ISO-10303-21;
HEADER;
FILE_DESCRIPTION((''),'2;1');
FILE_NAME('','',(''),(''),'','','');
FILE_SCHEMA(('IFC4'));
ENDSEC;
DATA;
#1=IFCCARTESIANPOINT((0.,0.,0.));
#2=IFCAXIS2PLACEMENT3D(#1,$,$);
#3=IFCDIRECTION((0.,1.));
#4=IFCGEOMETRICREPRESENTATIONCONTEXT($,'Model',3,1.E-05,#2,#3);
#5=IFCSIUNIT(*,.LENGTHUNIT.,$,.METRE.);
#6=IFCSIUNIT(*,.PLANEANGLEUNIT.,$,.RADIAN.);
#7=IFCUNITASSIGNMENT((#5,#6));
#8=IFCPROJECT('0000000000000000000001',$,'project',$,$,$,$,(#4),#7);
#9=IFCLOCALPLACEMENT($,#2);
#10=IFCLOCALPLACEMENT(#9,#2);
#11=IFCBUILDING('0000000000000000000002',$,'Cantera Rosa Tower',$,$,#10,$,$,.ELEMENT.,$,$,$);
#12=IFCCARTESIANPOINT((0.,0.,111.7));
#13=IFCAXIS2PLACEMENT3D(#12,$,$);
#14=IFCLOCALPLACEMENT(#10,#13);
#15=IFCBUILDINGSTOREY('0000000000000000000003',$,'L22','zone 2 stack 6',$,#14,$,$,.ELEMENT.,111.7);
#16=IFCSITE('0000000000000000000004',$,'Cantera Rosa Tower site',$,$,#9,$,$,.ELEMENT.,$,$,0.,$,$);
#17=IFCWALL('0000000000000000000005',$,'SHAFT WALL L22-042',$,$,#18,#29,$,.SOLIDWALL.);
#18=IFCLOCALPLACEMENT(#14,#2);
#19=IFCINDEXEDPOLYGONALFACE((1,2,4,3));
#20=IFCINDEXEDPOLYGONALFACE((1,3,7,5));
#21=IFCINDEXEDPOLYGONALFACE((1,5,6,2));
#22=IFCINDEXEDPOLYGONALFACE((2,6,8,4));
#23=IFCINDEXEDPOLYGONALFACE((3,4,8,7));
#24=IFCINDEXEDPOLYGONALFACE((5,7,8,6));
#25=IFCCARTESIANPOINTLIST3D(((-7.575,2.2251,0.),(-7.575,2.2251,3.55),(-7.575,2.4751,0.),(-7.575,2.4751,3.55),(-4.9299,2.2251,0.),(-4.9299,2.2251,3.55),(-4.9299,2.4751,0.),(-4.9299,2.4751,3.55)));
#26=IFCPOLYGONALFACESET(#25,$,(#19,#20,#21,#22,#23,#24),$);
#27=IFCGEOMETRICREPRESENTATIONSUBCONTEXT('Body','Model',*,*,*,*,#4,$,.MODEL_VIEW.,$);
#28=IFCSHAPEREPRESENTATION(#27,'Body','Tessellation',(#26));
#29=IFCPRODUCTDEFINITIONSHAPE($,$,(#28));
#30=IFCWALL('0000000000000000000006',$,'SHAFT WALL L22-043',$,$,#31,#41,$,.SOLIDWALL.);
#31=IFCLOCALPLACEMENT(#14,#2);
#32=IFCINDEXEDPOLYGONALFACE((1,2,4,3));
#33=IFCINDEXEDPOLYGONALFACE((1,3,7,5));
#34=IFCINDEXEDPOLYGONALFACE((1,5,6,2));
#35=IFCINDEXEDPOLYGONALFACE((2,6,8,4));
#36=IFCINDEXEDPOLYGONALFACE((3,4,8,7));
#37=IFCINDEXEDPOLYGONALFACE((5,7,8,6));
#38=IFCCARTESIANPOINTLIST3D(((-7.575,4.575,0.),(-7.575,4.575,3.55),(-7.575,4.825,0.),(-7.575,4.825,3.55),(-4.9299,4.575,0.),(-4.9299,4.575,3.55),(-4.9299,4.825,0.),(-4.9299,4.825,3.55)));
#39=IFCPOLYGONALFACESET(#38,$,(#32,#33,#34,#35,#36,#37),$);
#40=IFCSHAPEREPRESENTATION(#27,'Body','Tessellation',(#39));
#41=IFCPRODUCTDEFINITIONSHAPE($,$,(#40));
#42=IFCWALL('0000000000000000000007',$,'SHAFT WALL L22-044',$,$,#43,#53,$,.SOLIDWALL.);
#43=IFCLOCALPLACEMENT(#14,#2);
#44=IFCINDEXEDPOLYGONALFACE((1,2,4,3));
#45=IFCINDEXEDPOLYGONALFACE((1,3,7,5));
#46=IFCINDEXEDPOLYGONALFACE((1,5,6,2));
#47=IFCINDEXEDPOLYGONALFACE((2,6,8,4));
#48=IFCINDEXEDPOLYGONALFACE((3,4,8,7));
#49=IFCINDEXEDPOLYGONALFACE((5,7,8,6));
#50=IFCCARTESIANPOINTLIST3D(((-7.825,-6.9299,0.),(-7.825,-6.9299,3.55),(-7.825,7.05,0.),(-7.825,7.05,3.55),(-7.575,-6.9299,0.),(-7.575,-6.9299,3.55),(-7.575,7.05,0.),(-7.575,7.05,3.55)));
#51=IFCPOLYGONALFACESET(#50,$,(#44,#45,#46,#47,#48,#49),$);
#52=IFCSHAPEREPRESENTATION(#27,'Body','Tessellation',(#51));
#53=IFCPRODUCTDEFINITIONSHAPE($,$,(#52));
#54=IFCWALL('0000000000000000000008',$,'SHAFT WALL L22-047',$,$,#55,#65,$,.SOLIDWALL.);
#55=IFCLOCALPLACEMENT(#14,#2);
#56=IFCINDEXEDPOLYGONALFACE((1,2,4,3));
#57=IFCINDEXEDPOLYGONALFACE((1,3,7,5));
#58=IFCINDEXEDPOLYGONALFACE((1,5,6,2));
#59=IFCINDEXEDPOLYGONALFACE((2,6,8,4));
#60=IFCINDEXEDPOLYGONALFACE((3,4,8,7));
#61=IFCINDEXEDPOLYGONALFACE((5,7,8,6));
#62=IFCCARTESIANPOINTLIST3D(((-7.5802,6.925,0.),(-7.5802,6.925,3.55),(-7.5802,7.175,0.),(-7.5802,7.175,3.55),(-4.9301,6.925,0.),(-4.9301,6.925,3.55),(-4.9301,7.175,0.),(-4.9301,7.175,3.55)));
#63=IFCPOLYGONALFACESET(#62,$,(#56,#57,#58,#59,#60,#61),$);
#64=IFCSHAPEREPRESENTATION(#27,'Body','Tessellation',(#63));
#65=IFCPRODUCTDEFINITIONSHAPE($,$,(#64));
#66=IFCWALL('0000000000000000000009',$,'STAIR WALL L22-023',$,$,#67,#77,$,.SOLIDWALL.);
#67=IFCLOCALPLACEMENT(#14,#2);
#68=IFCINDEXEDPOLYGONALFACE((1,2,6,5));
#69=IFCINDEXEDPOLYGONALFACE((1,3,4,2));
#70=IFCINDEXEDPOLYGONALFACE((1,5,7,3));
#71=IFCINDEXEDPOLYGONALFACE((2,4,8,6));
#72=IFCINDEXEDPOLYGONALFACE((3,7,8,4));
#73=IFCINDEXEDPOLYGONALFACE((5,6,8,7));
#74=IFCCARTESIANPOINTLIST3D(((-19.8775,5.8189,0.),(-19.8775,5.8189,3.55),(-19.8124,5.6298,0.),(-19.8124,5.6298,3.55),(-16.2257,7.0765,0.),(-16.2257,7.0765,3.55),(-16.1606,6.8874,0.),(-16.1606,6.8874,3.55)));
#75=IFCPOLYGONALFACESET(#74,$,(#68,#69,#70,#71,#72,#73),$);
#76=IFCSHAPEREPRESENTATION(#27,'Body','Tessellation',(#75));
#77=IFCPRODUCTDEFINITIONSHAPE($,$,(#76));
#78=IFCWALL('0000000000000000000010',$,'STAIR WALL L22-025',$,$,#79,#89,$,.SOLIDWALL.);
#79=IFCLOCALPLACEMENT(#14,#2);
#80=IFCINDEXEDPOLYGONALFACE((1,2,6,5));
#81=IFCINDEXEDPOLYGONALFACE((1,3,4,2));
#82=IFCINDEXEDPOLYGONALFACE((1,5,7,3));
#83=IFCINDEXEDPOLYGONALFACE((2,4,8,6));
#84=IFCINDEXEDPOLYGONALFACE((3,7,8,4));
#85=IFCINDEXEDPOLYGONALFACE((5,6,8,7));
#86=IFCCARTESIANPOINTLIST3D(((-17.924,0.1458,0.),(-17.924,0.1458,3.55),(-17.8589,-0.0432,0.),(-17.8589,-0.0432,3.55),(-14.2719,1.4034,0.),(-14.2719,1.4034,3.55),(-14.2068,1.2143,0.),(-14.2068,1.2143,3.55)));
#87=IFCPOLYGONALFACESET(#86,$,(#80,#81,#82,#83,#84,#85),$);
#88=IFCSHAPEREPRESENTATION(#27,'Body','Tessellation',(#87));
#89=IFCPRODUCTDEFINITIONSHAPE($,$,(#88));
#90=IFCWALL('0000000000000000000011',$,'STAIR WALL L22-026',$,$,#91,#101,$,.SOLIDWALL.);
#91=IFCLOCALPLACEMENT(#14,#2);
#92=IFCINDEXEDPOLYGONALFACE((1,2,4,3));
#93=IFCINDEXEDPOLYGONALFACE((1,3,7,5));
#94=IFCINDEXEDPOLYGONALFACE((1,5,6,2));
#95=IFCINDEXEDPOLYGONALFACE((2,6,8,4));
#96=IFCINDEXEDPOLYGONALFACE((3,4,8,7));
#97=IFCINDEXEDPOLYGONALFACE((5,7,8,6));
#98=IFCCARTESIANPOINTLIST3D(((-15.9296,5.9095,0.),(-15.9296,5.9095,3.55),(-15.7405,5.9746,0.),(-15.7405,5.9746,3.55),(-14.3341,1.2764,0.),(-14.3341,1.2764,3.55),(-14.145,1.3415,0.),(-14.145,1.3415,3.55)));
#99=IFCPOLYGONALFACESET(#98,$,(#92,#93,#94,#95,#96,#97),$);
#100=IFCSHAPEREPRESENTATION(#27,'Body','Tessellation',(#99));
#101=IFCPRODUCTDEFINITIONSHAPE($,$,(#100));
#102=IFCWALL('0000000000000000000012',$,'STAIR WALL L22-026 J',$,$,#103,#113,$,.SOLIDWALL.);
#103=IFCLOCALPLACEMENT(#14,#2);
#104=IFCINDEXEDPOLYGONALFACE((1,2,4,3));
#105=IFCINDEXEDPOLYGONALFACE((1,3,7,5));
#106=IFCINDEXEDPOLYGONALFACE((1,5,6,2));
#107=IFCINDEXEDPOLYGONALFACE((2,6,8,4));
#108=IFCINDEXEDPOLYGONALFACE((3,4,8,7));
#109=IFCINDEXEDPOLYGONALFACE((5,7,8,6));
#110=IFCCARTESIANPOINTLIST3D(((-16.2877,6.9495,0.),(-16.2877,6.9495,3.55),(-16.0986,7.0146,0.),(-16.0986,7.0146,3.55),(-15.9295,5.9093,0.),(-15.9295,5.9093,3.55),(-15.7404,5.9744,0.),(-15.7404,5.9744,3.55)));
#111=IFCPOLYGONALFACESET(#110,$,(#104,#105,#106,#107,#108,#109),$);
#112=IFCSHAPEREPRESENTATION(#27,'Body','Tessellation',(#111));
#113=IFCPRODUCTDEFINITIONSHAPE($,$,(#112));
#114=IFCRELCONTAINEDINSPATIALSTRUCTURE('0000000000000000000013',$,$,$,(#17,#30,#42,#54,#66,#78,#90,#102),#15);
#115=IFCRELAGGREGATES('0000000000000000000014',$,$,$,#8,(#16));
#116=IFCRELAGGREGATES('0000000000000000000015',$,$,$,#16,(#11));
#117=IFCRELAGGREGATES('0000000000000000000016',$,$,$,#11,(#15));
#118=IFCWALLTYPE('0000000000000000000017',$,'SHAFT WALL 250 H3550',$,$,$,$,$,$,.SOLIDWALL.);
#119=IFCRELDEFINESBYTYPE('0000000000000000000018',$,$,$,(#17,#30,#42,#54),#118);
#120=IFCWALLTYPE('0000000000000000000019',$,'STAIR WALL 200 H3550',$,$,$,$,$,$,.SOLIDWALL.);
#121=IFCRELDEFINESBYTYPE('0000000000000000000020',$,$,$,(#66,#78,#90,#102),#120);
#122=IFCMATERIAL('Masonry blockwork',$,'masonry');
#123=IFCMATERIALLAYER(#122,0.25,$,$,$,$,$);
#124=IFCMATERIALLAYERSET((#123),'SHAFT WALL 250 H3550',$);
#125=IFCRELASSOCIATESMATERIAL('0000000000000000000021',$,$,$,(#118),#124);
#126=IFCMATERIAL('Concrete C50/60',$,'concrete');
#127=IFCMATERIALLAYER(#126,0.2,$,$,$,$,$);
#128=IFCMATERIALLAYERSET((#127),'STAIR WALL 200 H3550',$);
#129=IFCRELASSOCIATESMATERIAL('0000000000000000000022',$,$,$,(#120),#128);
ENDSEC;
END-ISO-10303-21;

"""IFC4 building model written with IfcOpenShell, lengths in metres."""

from ifc_helpers import new_model, si_unit, direction, frame, frame_2d, origin, place, context, subcontext, project, spatial, rectangle, extrude, material, layer, layer_set, type_object, element, save


model = new_model("IFC4")

# Units and contexts
model_context = context("Model", 3, precision=1e-05, world=origin(), true_north=direction((0.0, 1.0)))
body_context = subcontext(model_context, "Body", "Model", "MODEL_VIEW")
ifc_project = project(units=[si_unit("LENGTHUNIT", "METRE"), si_unit("PLANEANGLEUNIT", "RADIAN")], contexts=[model_context])

# Site, building, storey
site_placement = place(None, origin())
site = spatial("IfcSite", under=ifc_project, at=site_placement, Name="Cantera Rosa Tower site", CompositionType="ELEMENT", RefElevation=0.0)
building_placement = place(site_placement, origin())
building = spatial("IfcBuilding", under=site, at=building_placement, Name="Cantera Rosa Tower", CompositionType="ELEMENT")
storey_placement = place(building_placement, frame((0.0, 0.0, 111.7)))
storey = spatial("IfcBuildingStorey", under=building, at=storey_placement, Name="L22", Description="zone 2 stack 6", CompositionType="ELEMENT", Elevation=111.7)

# Walls
ifc_material_1 = material(Name="Masonry blockwork", Category="masonry")
ifc_layer_1 = layer(ifc_material_1, 0.25)
ifc_layer_set_1 = layer_set([ifc_layer_1], Name="SHAFT WALL 250 H3550")
wall_type_1 = type_object("IfcWallType", Name="SHAFT WALL 250 H3550", PredefinedType="SOLIDWALL", material=ifc_layer_set_1)
for number, where, z_axis, x_axis, name in (
    (1, (-7.575, 2.3501, 0.0), (0.0, 0.0, 1.0), (1.0, 0.0, 0.0), "SHAFT WALL L22-042"),
    (2, (-7.575, 4.7, 0.0), (0.0, 0.0, 1.0), (1.0, 0.0, 0.0), "SHAFT WALL L22-043"),
):
    element("IfcWall", number, at=place(storey_placement, frame(where, z_axis=z_axis, x_axis=x_axis)), inside=storey, type_object=wall_type_1, Name=name, PredefinedType="SOLIDWALL", context=body_context, shape_type="SweptSolid", body=[
        extrude(rectangle(XDim=2.645, YDim=0.25, at=frame_2d((1.3225, 0.0))), origin(), (0.0, 0.0, 1.0), 3.55),
    ])
wall_1_placement = place(storey_placement, frame((-7.7, 7.05, 0.0), z_axis=(0.0, 0.0, 1.0), x_axis=(0.0, -1.0, 0.0)))
element("IfcWall", 3, at=wall_1_placement, inside=storey, type_object=wall_type_1, Name="SHAFT WALL L22-044", PredefinedType="SOLIDWALL", context=body_context, shape_type="SweptSolid", body=[
    extrude(rectangle(XDim=13.98, YDim=0.25, at=frame_2d((6.99, 0.0))), origin(), (0.0, 0.0, 1.0), 3.55),
])
wall_2_placement = place(storey_placement, frame((-4.9299, 7.05, 0.0), z_axis=(0.0, 0.0, 1.0), x_axis=(-1.0, 0.0, 0.0)))
element("IfcWall", 4, at=wall_2_placement, inside=storey, type_object=wall_type_1, Name="SHAFT WALL L22-047", PredefinedType="SOLIDWALL", context=body_context, shape_type="SweptSolid", body=[
    extrude(rectangle(XDim=2.6501, YDim=0.25, at=frame_2d((1.3252, 0.0))), origin(), (0.0, 0.0, 1.0), 3.55),
])
ifc_material_2 = material(Name="Concrete C50/60", Category="concrete")
ifc_layer_2 = layer(ifc_material_2, 0.2)
ifc_layer_set_2 = layer_set([ifc_layer_2], Name="STAIR WALL 200 H3550")
wall_type_2 = type_object("IfcWallType", Name="STAIR WALL 200 H3550", PredefinedType="SOLIDWALL", material=ifc_layer_set_2)
wall_3_placement = place(storey_placement, frame((-16.1931, 6.9819, 0.0), z_axis=(0.0, 0.0, 1.0), x_axis=(-0.945508, -0.325599, 0.0)))
element("IfcWall", 5, at=wall_3_placement, inside=storey, type_object=wall_type_2, Name="STAIR WALL L22-023", PredefinedType="SOLIDWALL", context=body_context, shape_type="SweptSolid", body=[
    extrude(rectangle(XDim=3.8623, YDim=0.2, at=frame_2d((1.9312, 0.0))), origin(), (0.0, 0.0, 1.0), 3.55),
])
wall_4_placement = place(storey_placement, frame((-14.2395, 1.3088, 0.0), z_axis=(0.0, 0.0, 1.0), x_axis=(-0.945515, -0.32558, 0.0)))
element("IfcWall", 6, at=wall_4_placement, inside=storey, type_object=wall_type_2, Name="STAIR WALL L22-025", PredefinedType="SOLIDWALL", context=body_context, shape_type="SweptSolid", body=[
    extrude(rectangle(XDim=3.8625, YDim=0.2, at=frame_2d((1.9312, 0.0))), origin(), (0.0, 0.0, 1.0), 3.55),
])
wall_5_placement = place(storey_placement, frame((-14.2395, 1.3088, 0.0), z_axis=(0.0, 0.0, 1.0), x_axis=(-0.325599, 0.945508, 0.0)))
element("IfcWall", 7, at=wall_5_placement, inside=storey, type_object=wall_type_2, Name="STAIR WALL L22-026", PredefinedType="SOLIDWALL", context=body_context, shape_type="SweptSolid", body=[
    extrude(rectangle(XDim=4.9001, YDim=0.2, at=frame_2d((2.4502, 0.0))), origin(), (0.0, 0.0, 1.0), 3.55),
])
wall_6_placement = place(storey_placement, frame((-15.835, 5.9419, 0.0), z_axis=(0.0, 0.0, 1.0), x_axis=(-0.325601, 0.945507, 0.0)))
element("IfcWall", 8, at=wall_6_placement, inside=storey, type_object=wall_type_2, Name="STAIR WALL L22-026 J", PredefinedType="SOLIDWALL", context=body_context, shape_type="SweptSolid", body=[
    extrude(rectangle(XDim=1.1001, YDim=0.2, at=frame_2d((0.55, 0.0))), origin(), (0.0, 0.0, 1.0), 3.55),
])

save(model, "model.ifc")
